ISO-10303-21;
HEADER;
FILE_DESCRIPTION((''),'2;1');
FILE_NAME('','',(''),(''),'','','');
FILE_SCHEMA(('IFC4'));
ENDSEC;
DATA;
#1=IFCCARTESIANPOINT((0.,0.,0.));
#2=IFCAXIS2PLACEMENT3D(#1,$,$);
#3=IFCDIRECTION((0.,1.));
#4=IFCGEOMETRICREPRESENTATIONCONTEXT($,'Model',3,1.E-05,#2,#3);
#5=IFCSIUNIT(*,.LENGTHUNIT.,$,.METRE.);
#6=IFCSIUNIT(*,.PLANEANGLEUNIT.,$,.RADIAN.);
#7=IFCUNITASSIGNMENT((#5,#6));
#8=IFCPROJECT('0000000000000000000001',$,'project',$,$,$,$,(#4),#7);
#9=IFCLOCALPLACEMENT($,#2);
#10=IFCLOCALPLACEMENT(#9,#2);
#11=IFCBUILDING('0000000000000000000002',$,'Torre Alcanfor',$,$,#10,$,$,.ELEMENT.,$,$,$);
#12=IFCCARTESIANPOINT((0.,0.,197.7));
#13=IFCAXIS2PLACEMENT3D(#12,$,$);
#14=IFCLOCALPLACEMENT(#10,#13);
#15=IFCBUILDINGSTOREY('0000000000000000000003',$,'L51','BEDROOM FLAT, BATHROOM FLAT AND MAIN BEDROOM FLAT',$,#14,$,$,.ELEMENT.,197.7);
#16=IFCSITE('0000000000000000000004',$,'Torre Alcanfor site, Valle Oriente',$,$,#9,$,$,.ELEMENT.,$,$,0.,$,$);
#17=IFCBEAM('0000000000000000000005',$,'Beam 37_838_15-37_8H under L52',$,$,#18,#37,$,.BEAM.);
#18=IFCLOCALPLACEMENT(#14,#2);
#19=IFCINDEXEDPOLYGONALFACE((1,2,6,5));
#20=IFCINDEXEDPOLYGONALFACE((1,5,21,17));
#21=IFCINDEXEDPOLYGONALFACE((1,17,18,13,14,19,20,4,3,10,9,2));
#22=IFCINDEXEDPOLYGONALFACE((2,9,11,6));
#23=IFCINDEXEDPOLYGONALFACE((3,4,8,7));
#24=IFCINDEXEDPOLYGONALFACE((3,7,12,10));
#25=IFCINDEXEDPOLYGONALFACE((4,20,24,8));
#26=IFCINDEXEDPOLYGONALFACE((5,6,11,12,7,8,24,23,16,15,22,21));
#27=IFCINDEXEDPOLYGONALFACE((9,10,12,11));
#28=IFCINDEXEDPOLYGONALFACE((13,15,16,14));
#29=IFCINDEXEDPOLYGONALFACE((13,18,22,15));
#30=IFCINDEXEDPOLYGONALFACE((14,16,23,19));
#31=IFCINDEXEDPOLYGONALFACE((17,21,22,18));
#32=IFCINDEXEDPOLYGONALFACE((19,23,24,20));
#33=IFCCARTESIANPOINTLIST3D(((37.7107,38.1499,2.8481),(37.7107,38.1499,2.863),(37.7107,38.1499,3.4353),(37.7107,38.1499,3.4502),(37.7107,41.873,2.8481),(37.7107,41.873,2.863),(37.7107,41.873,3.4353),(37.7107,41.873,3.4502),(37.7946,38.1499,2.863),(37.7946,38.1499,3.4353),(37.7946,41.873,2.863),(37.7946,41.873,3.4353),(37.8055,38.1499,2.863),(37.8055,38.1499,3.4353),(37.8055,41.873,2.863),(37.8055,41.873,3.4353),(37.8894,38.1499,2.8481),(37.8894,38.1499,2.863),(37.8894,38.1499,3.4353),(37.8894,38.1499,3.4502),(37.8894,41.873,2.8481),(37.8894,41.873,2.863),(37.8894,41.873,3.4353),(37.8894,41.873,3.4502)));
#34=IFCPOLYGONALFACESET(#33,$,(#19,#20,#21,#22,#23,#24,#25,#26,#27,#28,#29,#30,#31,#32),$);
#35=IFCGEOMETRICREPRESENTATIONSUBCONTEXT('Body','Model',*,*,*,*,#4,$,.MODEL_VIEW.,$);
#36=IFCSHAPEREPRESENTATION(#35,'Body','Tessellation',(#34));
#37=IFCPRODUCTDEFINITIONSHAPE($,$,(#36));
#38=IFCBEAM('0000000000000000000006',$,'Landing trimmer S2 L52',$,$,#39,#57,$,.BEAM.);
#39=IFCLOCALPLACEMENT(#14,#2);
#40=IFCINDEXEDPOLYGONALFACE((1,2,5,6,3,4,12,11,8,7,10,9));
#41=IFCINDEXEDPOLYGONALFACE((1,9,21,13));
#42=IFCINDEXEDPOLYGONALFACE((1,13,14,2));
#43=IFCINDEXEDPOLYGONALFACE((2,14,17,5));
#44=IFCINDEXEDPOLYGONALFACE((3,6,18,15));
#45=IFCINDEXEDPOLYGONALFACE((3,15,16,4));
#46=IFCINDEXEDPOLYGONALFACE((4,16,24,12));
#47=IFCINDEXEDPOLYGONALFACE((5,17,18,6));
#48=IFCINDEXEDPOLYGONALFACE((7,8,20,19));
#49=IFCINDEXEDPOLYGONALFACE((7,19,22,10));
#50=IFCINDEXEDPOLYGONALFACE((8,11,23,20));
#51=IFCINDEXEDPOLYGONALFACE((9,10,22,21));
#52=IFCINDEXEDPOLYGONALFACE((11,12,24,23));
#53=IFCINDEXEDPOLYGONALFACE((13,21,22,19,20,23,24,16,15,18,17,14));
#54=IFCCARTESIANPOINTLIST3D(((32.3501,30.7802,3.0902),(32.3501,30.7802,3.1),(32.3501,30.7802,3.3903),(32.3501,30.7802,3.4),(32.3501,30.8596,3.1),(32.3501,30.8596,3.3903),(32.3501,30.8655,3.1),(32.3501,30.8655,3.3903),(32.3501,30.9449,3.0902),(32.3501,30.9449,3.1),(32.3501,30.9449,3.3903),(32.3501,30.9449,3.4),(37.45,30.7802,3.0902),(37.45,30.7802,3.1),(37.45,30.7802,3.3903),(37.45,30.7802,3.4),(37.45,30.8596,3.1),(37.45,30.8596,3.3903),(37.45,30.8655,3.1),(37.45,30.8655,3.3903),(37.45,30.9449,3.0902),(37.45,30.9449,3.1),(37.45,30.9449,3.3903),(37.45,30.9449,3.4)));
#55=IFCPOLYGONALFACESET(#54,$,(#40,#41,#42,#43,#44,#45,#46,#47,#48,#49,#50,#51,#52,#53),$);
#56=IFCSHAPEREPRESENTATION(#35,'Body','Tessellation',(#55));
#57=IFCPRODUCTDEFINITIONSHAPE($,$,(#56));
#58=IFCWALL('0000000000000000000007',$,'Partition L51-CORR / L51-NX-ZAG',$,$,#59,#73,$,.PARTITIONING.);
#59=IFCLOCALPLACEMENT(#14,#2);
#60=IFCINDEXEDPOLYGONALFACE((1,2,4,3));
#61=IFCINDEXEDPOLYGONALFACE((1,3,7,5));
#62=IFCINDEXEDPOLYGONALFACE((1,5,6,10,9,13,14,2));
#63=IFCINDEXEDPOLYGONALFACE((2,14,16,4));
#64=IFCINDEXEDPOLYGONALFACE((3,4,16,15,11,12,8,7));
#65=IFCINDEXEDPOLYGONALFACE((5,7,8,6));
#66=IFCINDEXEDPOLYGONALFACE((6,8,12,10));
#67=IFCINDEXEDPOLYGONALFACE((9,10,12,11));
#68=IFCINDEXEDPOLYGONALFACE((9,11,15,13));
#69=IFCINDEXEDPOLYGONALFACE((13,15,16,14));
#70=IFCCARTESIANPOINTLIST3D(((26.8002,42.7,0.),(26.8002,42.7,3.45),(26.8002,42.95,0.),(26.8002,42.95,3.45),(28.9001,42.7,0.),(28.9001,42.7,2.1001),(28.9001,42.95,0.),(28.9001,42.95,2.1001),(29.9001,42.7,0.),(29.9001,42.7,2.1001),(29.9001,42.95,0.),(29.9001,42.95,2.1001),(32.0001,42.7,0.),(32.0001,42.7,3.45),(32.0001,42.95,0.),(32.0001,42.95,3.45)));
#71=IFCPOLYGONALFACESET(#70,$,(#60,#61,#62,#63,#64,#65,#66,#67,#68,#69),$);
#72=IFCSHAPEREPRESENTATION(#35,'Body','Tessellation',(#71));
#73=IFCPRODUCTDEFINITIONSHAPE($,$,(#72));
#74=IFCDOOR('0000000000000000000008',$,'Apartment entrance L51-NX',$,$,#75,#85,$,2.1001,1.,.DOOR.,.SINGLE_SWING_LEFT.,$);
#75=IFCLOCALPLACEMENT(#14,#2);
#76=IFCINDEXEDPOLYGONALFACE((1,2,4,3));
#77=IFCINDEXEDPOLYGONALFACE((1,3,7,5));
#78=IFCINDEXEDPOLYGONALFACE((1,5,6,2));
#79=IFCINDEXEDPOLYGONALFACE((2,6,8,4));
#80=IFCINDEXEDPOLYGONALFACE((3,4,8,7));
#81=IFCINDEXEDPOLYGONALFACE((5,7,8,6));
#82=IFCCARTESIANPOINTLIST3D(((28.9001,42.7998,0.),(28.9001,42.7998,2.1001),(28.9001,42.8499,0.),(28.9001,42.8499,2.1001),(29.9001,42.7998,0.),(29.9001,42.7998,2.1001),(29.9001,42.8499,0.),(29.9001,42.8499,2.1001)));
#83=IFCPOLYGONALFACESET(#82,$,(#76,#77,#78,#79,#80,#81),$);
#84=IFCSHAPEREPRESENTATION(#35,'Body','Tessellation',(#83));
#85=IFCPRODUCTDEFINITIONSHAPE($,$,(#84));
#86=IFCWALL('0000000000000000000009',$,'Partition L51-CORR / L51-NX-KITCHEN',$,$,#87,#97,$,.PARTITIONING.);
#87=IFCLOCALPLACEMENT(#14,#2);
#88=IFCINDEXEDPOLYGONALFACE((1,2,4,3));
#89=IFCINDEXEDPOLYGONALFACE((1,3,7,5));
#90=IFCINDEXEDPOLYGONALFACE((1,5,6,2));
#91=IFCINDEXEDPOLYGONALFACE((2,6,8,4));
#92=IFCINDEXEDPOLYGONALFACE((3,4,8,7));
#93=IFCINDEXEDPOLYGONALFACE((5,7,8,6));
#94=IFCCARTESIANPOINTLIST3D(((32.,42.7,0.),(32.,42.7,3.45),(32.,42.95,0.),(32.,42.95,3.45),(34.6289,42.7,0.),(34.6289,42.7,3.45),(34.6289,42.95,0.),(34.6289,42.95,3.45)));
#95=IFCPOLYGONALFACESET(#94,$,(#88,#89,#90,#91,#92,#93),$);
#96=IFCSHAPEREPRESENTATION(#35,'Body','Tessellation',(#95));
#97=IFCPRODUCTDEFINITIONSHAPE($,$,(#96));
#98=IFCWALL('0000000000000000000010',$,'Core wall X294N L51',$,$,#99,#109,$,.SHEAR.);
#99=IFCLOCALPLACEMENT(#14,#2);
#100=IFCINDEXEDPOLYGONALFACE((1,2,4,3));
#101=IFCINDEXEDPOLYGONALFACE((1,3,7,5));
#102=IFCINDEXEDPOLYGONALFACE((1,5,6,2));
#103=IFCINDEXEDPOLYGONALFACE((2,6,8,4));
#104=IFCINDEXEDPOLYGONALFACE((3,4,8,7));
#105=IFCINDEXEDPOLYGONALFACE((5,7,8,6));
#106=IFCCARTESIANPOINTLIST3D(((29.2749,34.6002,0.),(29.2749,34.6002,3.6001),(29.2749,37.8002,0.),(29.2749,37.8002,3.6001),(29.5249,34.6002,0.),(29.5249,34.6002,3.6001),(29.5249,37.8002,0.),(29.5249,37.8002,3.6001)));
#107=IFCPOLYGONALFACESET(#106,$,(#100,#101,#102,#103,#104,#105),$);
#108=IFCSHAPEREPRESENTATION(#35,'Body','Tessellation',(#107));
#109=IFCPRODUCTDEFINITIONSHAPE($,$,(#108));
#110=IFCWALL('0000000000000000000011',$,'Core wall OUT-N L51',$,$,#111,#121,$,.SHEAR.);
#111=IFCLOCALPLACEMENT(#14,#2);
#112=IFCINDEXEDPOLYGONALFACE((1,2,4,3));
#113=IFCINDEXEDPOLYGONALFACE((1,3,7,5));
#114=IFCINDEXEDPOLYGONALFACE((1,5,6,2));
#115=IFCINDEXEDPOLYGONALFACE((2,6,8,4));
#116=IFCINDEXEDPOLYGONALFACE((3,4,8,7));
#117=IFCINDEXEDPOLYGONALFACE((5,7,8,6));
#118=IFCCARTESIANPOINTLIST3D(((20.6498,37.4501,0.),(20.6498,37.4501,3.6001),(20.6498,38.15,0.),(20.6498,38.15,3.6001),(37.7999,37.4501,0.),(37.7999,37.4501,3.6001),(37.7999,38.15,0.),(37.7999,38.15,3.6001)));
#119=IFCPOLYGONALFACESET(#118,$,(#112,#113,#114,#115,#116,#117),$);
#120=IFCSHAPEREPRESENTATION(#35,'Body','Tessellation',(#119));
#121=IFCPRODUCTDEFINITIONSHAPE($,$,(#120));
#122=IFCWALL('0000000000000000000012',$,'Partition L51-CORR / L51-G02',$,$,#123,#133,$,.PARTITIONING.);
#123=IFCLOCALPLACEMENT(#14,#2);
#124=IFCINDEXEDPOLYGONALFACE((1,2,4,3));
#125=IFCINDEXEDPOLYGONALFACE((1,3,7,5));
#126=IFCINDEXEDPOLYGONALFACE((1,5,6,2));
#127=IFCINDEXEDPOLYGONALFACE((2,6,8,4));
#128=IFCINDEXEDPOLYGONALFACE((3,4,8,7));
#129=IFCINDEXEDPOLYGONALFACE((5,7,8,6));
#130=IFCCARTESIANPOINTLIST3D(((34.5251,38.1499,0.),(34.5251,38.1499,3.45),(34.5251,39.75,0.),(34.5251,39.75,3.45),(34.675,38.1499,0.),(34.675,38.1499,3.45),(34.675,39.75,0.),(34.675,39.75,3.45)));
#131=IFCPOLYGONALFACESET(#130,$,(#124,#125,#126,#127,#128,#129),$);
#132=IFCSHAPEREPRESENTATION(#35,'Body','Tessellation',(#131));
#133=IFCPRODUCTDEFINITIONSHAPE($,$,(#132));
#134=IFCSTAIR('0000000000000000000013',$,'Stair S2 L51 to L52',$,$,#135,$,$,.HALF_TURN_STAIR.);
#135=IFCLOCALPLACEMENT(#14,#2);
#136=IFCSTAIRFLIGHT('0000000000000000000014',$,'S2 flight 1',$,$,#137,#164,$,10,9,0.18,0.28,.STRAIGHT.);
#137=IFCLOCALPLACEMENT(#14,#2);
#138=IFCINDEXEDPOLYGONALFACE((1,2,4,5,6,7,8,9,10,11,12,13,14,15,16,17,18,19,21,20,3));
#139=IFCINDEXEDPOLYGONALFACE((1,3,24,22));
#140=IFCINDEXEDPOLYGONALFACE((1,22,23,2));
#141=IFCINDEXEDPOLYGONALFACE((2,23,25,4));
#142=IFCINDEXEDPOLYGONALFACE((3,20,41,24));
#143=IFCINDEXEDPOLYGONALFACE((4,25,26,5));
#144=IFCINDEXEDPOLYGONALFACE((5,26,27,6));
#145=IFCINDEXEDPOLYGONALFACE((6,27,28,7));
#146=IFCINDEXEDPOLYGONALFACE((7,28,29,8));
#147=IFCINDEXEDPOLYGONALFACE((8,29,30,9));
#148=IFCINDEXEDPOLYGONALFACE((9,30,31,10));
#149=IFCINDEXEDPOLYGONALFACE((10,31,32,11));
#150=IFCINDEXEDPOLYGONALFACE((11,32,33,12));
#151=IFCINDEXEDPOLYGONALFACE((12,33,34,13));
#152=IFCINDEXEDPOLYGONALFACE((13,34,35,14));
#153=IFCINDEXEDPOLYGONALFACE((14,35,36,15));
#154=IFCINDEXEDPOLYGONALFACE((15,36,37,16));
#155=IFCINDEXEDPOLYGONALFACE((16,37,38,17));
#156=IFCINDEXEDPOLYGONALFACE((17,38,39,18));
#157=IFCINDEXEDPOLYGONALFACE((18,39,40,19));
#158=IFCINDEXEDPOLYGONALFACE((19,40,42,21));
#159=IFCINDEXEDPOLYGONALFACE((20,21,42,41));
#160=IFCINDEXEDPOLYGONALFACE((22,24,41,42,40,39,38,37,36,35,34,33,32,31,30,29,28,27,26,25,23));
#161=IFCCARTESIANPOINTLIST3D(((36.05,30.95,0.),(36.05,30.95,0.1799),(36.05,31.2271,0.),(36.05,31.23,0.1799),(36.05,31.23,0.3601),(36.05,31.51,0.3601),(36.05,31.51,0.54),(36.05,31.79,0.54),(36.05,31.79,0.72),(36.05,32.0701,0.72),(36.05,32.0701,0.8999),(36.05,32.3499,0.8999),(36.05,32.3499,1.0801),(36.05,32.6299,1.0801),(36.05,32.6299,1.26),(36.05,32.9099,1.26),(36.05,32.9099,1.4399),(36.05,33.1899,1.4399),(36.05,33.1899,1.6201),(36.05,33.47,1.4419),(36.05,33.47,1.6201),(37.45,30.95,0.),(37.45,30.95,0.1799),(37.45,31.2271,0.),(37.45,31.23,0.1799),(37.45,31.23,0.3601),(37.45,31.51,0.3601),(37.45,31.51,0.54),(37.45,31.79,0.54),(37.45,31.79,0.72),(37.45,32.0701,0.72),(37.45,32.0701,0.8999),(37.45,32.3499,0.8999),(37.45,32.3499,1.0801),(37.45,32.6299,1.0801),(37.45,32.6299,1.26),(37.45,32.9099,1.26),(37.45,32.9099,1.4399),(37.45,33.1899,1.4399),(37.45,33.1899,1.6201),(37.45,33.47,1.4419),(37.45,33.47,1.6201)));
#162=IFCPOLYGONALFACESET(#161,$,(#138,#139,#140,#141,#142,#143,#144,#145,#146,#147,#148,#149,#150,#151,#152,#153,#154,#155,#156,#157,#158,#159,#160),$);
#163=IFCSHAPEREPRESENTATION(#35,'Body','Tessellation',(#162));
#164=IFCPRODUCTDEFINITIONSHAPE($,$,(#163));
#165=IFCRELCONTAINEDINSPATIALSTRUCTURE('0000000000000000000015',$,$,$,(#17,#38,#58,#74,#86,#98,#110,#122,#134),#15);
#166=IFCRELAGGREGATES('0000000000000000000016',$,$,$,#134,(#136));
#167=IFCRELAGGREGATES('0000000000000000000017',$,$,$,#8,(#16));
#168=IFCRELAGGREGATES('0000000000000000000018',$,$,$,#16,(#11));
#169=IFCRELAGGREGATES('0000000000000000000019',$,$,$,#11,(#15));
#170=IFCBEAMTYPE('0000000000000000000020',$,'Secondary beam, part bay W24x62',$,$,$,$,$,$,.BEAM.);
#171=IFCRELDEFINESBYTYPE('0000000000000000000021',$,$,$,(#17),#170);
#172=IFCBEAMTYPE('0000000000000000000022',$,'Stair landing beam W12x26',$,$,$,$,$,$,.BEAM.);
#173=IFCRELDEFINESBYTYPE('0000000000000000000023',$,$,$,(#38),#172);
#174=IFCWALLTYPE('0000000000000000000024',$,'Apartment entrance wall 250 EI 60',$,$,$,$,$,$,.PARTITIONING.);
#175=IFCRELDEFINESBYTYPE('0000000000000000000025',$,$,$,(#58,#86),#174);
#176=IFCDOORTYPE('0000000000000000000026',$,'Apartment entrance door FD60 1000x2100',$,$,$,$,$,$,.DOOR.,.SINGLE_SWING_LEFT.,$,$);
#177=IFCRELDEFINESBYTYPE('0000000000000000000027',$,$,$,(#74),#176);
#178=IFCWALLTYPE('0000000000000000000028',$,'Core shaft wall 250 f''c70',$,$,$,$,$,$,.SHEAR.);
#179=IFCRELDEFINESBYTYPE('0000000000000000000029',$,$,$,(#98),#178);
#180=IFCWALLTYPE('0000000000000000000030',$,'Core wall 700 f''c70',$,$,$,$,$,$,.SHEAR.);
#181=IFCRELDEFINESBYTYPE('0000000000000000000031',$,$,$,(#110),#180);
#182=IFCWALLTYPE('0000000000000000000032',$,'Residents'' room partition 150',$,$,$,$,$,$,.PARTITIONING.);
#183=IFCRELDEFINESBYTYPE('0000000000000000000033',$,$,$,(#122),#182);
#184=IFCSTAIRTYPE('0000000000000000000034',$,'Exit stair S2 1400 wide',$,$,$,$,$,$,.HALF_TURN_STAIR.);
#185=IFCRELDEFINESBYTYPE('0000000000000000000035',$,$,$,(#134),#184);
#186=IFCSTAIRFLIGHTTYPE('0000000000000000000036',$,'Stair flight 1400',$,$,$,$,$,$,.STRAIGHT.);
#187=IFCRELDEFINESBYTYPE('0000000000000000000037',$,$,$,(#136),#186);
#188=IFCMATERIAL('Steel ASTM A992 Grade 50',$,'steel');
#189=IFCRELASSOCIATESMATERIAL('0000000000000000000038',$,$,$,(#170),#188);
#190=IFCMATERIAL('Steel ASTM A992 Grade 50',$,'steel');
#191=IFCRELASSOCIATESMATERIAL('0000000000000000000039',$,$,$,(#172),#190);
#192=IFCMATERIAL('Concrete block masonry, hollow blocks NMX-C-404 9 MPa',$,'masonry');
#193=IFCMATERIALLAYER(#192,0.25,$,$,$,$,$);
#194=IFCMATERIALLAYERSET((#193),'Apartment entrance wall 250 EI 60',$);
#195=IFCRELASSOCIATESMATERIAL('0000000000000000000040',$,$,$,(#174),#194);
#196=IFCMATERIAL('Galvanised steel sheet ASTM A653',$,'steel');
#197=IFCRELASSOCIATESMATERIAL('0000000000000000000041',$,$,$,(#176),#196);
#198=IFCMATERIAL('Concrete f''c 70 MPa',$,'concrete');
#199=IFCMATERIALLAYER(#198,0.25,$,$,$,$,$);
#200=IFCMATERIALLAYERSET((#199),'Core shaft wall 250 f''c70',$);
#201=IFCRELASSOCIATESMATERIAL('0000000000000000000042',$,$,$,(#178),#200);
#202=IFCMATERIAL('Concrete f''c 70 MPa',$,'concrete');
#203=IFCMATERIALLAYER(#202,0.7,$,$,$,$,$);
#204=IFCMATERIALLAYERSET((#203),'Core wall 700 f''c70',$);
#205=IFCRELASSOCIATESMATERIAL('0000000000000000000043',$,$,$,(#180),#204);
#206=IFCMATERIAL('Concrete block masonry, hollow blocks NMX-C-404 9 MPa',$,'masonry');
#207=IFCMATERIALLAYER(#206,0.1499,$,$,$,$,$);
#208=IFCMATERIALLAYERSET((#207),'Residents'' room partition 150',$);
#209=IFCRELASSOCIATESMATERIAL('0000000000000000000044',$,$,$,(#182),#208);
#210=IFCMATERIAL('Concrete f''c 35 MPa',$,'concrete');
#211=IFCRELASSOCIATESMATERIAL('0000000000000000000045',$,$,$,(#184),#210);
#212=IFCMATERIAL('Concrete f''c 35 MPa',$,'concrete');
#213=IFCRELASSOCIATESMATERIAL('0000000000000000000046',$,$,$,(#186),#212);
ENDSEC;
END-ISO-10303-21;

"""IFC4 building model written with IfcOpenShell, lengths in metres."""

from ifc_helpers import new_model, si_unit, direction, frame, frame_2d, origin, origin_2d, place, context, subcontext, project, spatial, polyline, rectangle, i_section, outline, extrude, material, layer, layer_set, material_profile, profile_set, type_object, element, fill, aggregate, save


model = new_model("IFC4")

# Units and contexts
model_context = context("Model", 3, precision=1e-05, world=origin(), true_north=direction((0.0, 1.0)))
body_context = subcontext(model_context, "Body", "Model", "MODEL_VIEW")
ifc_project = project(units=[si_unit("LENGTHUNIT", "METRE"), si_unit("PLANEANGLEUNIT", "RADIAN")], contexts=[model_context])

# Site, building, storey
site_placement = place(None, origin())
site = spatial("IfcSite", under=ifc_project, at=site_placement, Name="Torre Alcanfor site, Valle Oriente", CompositionType="ELEMENT", RefElevation=0.0)
building_placement = place(site_placement, origin())
building = spatial("IfcBuilding", under=site, at=building_placement, Name="Torre Alcanfor", CompositionType="ELEMENT")
storey_placement = place(building_placement, frame((0.0, 0.0, 197.7)))
storey = spatial("IfcBuildingStorey", under=building, at=storey_placement, Name="L51", Description="BEDROOM FLAT, BATHROOM FLAT AND MAIN BEDROOM FLAT", CompositionType="ELEMENT", Elevation=197.7)

# Beams
ifc_material_1 = material(Name="Steel ASTM A992 Grade 50", Category="steel")
ifc_material_profile_1 = material_profile(ifc_material_1, i_section(OverallWidth=0.1787, OverallDepth=0.6021, WebThickness=0.011, FlangeThickness=0.0149, at=origin_2d()), Name="W24x62")
ifc_profile_set_1 = profile_set([ifc_material_profile_1], Name="Steel ASTM A992 Grade 50")
beam_type_1 = type_object("IfcBeamType", Name="Secondary beam, part bay W24x62", PredefinedType="BEAM", material=ifc_profile_set_1)
for number, where, z_axis, x_axis, name in (
    (1, (37.8, 38.1499, 3.1492), (0.0, 1.0, 0.0), (-1.0, 0.0, 0.0), "Beam 37_838_15-37_8H under L52"),
):
    element("IfcBeam", number, at=place(storey_placement, frame(where, z_axis=z_axis, x_axis=x_axis)), inside=storey, type_object=beam_type_1, Name=name, PredefinedType="BEAM", context=body_context, shape_type="SweptSolid", body=[
        extrude(i_section(OverallWidth=0.1787, OverallDepth=0.6021, WebThickness=0.011, FlangeThickness=0.0149, at=origin_2d()), origin(), (0.0, 0.0, 1.0), 3.7231),
    ])
ifc_material_2 = material(Name="Steel ASTM A992 Grade 50", Category="steel")
ifc_material_profile_2 = material_profile(ifc_material_2, i_section(OverallWidth=0.1648, OverallDepth=0.3098, WebThickness=0.0059, FlangeThickness=0.0098, at=origin_2d()), Name="W12x26")
ifc_profile_set_2 = profile_set([ifc_material_profile_2], Name="Steel ASTM A992 Grade 50")
beam_type_2 = type_object("IfcBeamType", Name="Stair landing beam W12x26", PredefinedType="BEAM", material=ifc_profile_set_2)
beam_placement = place(storey_placement, frame((32.3501, 30.8625, 3.2451), z_axis=(1.0, 0.0, 0.0), x_axis=(0.0, 1.0, 0.0)))
element("IfcBeam", 2, at=beam_placement, inside=storey, type_object=beam_type_2, Name="Landing trimmer S2 L52", PredefinedType="BEAM", context=body_context, shape_type="SweptSolid", body=[
    extrude(i_section(OverallWidth=0.1648, OverallDepth=0.3098, WebThickness=0.0059, FlangeThickness=0.0098, at=origin_2d()), origin(), (0.0, 0.0, 1.0), 5.0999),
])

# Wall, opening, door
ifc_material_3 = material(Name="Concrete block masonry, hollow blocks NMX-C-404 9 MPa", Category="masonry")
ifc_layer_1 = layer(ifc_material_3, 0.25)
ifc_layer_set_1 = layer_set([ifc_layer_1], Name="Apartment entrance wall 250 EI 60")
wall_type_1 = type_object("IfcWallType", Name="Apartment entrance wall 250 EI 60", PredefinedType="PARTITIONING", material=ifc_layer_set_1)
wall_1_placement = place(storey_placement, frame((26.8, 42.825, 0.0), z_axis=(0.0, 0.0, 1.0), x_axis=(1.0, 0.0, 0.0)))
wall_1 = element("IfcWall", 3, at=wall_1_placement, inside=storey, type_object=wall_type_1, Name="Partition L51-CORR / L51-NX-ZAG", PredefinedType="PARTITIONING", context=body_context, shape_type="SweptSolid", body=[
    extrude(rectangle(XDim=5.2, YDim=0.25, at=frame_2d((2.6001, 0.0))), origin(), (0.0, 0.0, 1.0), 3.45),
])
opening_placement = place(wall_1_placement, frame((2.1001, 0.0, 0.0)))
opening = element("IfcOpeningElement", 4, at=opening_placement, cuts=wall_1, PredefinedType="OPENING", context=body_context, shape_type="SweptSolid", body=[
    extrude(rectangle(XDim=1.0, YDim=2.1001, at=frame_2d((0.5, 1.05))), frame((0.0, 0.135, 0.0), z_axis=(0.0, -1.0, 0.0), x_axis=(1.0, 0.0, 0.0)), (0.0, 0.0, 1.0), 0.27),
])
ifc_material_4 = material(Name="Galvanised steel sheet ASTM A653", Category="steel")
door_type = type_object("IfcDoorType", Name="Apartment entrance door FD60 1000x2100", OperationType="SINGLE_SWING_LEFT", PredefinedType="DOOR", material=ifc_material_4)
door_placement = place(opening_placement, origin())
door = element("IfcDoor", 5, at=door_placement, inside=storey, type_object=door_type, Name="Apartment entrance L51-NX", OperationType="SINGLE_SWING_LEFT", OverallHeight=2.1001, OverallWidth=1.0, PredefinedType="DOOR", context=body_context, shape_type="SweptSolid", body=[
    extrude(rectangle(XDim=1.0, YDim=2.1001, at=frame_2d((0.5, 1.05))), frame((0.0, 0.0249, 0.0), z_axis=(0.0, -1.0, 0.0), x_axis=(1.0, 0.0, 0.0)), (0.0, 0.0, 1.0), 0.05),
])
fill(opening, door)

# Walls
wall_2_placement = place(storey_placement, frame((32.0, 42.825, 0.0), z_axis=(0.0, 0.0, 1.0), x_axis=(1.0, 0.0, 0.0)))
element("IfcWall", 6, at=wall_2_placement, inside=storey, type_object=wall_type_1, Name="Partition L51-CORR / L51-NX-KITCHEN", PredefinedType="PARTITIONING", context=body_context, shape_type="SweptSolid", body=[
    extrude(rectangle(XDim=2.6289, YDim=0.25, at=frame_2d((1.3145, 0.0))), origin(), (0.0, 0.0, 1.0), 3.45),
])
ifc_material_5 = material(Name="Concrete f'c 70 MPa", Category="concrete")
ifc_layer_2 = layer(ifc_material_5, 0.25)
ifc_layer_set_2 = layer_set([ifc_layer_2], Name="Core shaft wall 250 f'c70")
wall_type_2 = type_object("IfcWallType", Name="Core shaft wall 250 f'c70", PredefinedType="SHEAR", material=ifc_layer_set_2)
wall_3_placement = place(storey_placement, frame((29.3999, 34.6001, 0.0), z_axis=(0.0, 0.0, 1.0), x_axis=(0.0, 1.0, 0.0)))
element("IfcWall", 7, at=wall_3_placement, inside=storey, type_object=wall_type_2, Name="Core wall X294N L51", PredefinedType="SHEAR", context=body_context, shape_type="SweptSolid", body=[
    extrude(rectangle(XDim=3.2, YDim=0.25, at=frame_2d((1.6001, 0.0))), origin(), (0.0, 0.0, 1.0), 3.6001),
])
ifc_material_6 = material(Name="Concrete f'c 70 MPa", Category="concrete")
ifc_layer_3 = layer(ifc_material_6, 0.7)
ifc_layer_set_3 = layer_set([ifc_layer_3], Name="Core wall 700 f'c70")
wall_type_3 = type_object("IfcWallType", Name="Core wall 700 f'c70", PredefinedType="SHEAR", material=ifc_layer_set_3)
wall_4_placement = place(storey_placement, frame((37.8, 37.8, 0.0), z_axis=(0.0, 0.0, 1.0), x_axis=(-1.0, 0.0, 0.0)))
element("IfcWall", 8, at=wall_4_placement, inside=storey, type_object=wall_type_3, Name="Core wall OUT-N L51", PredefinedType="SHEAR", context=body_context, shape_type="SweptSolid", body=[
    extrude(rectangle(XDim=17.1501, YDim=0.7, at=frame_2d((8.5752, 0.0))), origin(), (0.0, 0.0, 1.0), 3.6001),
])
ifc_material_7 = material(Name="Concrete block masonry, hollow blocks NMX-C-404 9 MPa", Category="masonry")
ifc_layer_4 = layer(ifc_material_7, 0.1499)
ifc_layer_set_4 = layer_set([ifc_layer_4], Name="Residents' room partition 150")
wall_type_4 = type_object("IfcWallType", Name="Residents' room partition 150", PredefinedType="PARTITIONING", material=ifc_layer_set_4)
wall_5_placement = place(storey_placement, frame((34.6001, 39.75, 0.0), z_axis=(0.0, 0.0, 1.0), x_axis=(0.0, -1.0, 0.0)))
element("IfcWall", 9, at=wall_5_placement, inside=storey, type_object=wall_type_4, Name="Partition L51-CORR / L51-G02", PredefinedType="PARTITIONING", context=body_context, shape_type="SweptSolid", body=[
    extrude(rectangle(XDim=1.6001, YDim=0.1499, at=frame_2d((0.8, 0.0))), origin(), (0.0, 0.0, 1.0), 3.45),
])

# Stair, stair flight
ifc_material_8 = material(Name="Concrete f'c 35 MPa", Category="concrete")
stair_type = type_object("IfcStairType", Name="Exit stair S2 1400 wide", PredefinedType="HALF_TURN_STAIR", material=ifc_material_8)
stair_placement = place(storey_placement, origin())
stair = element("IfcStair", 10, at=stair_placement, inside=storey, type_object=stair_type, Name="Stair S2 L51 to L52", PredefinedType="HALF_TURN_STAIR")
ifc_material_9 = material(Name="Concrete f'c 35 MPa", Category="concrete")
stair_flight_type = type_object("IfcStairFlightType", Name="Stair flight 1400", PredefinedType="STRAIGHT", material=ifc_material_9)
stair_flight_1_placement = place(storey_placement, frame((36.75, 30.95, 0.0), z_axis=(0.0, 0.0, 1.0), x_axis=(0.0, 1.0, 0.0)))
stair_flight_1 = element("IfcStairFlight", 11, at=stair_flight_1_placement, type_object=stair_flight_type, Name="S2 flight 1", NumberOfRisers=10, NumberOfTreads=9, PredefinedType="STRAIGHT", RiserHeight=0.18, TreadLength=0.28, context=body_context, shape_type="SweptSolid", body=[
    extrude(outline(polyline([(0.0, 0.0), (0.0, 0.1799), (0.28, 0.1799), (0.28, 0.3601), (0.5601, 0.3601), (0.5601, 0.54), (0.8401, 0.54), (0.8401, 0.72), (1.1201, 0.72), (1.1201, 0.8999), (1.3999, 0.8999), (1.3999, 1.0801), (1.6799, 1.0801), (1.6799, 1.26), (1.96, 1.26), (1.96, 1.4399), (2.24, 1.4399), (2.24, 1.6201), (2.52, 1.6201), (2.52, 1.8), (2.52, 1.4419), (0.2771, 0.0), (0.0, 0.0)])), frame((0.0, 0.7, 0.0), z_axis=(0.0, -1.0, 0.0), x_axis=(1.0, 0.0, 0.0)), (0.0, 0.0, 1.0), 1.3999),
])
aggregate(stair, [stair_flight_1])

save(model, "model.ifc")
